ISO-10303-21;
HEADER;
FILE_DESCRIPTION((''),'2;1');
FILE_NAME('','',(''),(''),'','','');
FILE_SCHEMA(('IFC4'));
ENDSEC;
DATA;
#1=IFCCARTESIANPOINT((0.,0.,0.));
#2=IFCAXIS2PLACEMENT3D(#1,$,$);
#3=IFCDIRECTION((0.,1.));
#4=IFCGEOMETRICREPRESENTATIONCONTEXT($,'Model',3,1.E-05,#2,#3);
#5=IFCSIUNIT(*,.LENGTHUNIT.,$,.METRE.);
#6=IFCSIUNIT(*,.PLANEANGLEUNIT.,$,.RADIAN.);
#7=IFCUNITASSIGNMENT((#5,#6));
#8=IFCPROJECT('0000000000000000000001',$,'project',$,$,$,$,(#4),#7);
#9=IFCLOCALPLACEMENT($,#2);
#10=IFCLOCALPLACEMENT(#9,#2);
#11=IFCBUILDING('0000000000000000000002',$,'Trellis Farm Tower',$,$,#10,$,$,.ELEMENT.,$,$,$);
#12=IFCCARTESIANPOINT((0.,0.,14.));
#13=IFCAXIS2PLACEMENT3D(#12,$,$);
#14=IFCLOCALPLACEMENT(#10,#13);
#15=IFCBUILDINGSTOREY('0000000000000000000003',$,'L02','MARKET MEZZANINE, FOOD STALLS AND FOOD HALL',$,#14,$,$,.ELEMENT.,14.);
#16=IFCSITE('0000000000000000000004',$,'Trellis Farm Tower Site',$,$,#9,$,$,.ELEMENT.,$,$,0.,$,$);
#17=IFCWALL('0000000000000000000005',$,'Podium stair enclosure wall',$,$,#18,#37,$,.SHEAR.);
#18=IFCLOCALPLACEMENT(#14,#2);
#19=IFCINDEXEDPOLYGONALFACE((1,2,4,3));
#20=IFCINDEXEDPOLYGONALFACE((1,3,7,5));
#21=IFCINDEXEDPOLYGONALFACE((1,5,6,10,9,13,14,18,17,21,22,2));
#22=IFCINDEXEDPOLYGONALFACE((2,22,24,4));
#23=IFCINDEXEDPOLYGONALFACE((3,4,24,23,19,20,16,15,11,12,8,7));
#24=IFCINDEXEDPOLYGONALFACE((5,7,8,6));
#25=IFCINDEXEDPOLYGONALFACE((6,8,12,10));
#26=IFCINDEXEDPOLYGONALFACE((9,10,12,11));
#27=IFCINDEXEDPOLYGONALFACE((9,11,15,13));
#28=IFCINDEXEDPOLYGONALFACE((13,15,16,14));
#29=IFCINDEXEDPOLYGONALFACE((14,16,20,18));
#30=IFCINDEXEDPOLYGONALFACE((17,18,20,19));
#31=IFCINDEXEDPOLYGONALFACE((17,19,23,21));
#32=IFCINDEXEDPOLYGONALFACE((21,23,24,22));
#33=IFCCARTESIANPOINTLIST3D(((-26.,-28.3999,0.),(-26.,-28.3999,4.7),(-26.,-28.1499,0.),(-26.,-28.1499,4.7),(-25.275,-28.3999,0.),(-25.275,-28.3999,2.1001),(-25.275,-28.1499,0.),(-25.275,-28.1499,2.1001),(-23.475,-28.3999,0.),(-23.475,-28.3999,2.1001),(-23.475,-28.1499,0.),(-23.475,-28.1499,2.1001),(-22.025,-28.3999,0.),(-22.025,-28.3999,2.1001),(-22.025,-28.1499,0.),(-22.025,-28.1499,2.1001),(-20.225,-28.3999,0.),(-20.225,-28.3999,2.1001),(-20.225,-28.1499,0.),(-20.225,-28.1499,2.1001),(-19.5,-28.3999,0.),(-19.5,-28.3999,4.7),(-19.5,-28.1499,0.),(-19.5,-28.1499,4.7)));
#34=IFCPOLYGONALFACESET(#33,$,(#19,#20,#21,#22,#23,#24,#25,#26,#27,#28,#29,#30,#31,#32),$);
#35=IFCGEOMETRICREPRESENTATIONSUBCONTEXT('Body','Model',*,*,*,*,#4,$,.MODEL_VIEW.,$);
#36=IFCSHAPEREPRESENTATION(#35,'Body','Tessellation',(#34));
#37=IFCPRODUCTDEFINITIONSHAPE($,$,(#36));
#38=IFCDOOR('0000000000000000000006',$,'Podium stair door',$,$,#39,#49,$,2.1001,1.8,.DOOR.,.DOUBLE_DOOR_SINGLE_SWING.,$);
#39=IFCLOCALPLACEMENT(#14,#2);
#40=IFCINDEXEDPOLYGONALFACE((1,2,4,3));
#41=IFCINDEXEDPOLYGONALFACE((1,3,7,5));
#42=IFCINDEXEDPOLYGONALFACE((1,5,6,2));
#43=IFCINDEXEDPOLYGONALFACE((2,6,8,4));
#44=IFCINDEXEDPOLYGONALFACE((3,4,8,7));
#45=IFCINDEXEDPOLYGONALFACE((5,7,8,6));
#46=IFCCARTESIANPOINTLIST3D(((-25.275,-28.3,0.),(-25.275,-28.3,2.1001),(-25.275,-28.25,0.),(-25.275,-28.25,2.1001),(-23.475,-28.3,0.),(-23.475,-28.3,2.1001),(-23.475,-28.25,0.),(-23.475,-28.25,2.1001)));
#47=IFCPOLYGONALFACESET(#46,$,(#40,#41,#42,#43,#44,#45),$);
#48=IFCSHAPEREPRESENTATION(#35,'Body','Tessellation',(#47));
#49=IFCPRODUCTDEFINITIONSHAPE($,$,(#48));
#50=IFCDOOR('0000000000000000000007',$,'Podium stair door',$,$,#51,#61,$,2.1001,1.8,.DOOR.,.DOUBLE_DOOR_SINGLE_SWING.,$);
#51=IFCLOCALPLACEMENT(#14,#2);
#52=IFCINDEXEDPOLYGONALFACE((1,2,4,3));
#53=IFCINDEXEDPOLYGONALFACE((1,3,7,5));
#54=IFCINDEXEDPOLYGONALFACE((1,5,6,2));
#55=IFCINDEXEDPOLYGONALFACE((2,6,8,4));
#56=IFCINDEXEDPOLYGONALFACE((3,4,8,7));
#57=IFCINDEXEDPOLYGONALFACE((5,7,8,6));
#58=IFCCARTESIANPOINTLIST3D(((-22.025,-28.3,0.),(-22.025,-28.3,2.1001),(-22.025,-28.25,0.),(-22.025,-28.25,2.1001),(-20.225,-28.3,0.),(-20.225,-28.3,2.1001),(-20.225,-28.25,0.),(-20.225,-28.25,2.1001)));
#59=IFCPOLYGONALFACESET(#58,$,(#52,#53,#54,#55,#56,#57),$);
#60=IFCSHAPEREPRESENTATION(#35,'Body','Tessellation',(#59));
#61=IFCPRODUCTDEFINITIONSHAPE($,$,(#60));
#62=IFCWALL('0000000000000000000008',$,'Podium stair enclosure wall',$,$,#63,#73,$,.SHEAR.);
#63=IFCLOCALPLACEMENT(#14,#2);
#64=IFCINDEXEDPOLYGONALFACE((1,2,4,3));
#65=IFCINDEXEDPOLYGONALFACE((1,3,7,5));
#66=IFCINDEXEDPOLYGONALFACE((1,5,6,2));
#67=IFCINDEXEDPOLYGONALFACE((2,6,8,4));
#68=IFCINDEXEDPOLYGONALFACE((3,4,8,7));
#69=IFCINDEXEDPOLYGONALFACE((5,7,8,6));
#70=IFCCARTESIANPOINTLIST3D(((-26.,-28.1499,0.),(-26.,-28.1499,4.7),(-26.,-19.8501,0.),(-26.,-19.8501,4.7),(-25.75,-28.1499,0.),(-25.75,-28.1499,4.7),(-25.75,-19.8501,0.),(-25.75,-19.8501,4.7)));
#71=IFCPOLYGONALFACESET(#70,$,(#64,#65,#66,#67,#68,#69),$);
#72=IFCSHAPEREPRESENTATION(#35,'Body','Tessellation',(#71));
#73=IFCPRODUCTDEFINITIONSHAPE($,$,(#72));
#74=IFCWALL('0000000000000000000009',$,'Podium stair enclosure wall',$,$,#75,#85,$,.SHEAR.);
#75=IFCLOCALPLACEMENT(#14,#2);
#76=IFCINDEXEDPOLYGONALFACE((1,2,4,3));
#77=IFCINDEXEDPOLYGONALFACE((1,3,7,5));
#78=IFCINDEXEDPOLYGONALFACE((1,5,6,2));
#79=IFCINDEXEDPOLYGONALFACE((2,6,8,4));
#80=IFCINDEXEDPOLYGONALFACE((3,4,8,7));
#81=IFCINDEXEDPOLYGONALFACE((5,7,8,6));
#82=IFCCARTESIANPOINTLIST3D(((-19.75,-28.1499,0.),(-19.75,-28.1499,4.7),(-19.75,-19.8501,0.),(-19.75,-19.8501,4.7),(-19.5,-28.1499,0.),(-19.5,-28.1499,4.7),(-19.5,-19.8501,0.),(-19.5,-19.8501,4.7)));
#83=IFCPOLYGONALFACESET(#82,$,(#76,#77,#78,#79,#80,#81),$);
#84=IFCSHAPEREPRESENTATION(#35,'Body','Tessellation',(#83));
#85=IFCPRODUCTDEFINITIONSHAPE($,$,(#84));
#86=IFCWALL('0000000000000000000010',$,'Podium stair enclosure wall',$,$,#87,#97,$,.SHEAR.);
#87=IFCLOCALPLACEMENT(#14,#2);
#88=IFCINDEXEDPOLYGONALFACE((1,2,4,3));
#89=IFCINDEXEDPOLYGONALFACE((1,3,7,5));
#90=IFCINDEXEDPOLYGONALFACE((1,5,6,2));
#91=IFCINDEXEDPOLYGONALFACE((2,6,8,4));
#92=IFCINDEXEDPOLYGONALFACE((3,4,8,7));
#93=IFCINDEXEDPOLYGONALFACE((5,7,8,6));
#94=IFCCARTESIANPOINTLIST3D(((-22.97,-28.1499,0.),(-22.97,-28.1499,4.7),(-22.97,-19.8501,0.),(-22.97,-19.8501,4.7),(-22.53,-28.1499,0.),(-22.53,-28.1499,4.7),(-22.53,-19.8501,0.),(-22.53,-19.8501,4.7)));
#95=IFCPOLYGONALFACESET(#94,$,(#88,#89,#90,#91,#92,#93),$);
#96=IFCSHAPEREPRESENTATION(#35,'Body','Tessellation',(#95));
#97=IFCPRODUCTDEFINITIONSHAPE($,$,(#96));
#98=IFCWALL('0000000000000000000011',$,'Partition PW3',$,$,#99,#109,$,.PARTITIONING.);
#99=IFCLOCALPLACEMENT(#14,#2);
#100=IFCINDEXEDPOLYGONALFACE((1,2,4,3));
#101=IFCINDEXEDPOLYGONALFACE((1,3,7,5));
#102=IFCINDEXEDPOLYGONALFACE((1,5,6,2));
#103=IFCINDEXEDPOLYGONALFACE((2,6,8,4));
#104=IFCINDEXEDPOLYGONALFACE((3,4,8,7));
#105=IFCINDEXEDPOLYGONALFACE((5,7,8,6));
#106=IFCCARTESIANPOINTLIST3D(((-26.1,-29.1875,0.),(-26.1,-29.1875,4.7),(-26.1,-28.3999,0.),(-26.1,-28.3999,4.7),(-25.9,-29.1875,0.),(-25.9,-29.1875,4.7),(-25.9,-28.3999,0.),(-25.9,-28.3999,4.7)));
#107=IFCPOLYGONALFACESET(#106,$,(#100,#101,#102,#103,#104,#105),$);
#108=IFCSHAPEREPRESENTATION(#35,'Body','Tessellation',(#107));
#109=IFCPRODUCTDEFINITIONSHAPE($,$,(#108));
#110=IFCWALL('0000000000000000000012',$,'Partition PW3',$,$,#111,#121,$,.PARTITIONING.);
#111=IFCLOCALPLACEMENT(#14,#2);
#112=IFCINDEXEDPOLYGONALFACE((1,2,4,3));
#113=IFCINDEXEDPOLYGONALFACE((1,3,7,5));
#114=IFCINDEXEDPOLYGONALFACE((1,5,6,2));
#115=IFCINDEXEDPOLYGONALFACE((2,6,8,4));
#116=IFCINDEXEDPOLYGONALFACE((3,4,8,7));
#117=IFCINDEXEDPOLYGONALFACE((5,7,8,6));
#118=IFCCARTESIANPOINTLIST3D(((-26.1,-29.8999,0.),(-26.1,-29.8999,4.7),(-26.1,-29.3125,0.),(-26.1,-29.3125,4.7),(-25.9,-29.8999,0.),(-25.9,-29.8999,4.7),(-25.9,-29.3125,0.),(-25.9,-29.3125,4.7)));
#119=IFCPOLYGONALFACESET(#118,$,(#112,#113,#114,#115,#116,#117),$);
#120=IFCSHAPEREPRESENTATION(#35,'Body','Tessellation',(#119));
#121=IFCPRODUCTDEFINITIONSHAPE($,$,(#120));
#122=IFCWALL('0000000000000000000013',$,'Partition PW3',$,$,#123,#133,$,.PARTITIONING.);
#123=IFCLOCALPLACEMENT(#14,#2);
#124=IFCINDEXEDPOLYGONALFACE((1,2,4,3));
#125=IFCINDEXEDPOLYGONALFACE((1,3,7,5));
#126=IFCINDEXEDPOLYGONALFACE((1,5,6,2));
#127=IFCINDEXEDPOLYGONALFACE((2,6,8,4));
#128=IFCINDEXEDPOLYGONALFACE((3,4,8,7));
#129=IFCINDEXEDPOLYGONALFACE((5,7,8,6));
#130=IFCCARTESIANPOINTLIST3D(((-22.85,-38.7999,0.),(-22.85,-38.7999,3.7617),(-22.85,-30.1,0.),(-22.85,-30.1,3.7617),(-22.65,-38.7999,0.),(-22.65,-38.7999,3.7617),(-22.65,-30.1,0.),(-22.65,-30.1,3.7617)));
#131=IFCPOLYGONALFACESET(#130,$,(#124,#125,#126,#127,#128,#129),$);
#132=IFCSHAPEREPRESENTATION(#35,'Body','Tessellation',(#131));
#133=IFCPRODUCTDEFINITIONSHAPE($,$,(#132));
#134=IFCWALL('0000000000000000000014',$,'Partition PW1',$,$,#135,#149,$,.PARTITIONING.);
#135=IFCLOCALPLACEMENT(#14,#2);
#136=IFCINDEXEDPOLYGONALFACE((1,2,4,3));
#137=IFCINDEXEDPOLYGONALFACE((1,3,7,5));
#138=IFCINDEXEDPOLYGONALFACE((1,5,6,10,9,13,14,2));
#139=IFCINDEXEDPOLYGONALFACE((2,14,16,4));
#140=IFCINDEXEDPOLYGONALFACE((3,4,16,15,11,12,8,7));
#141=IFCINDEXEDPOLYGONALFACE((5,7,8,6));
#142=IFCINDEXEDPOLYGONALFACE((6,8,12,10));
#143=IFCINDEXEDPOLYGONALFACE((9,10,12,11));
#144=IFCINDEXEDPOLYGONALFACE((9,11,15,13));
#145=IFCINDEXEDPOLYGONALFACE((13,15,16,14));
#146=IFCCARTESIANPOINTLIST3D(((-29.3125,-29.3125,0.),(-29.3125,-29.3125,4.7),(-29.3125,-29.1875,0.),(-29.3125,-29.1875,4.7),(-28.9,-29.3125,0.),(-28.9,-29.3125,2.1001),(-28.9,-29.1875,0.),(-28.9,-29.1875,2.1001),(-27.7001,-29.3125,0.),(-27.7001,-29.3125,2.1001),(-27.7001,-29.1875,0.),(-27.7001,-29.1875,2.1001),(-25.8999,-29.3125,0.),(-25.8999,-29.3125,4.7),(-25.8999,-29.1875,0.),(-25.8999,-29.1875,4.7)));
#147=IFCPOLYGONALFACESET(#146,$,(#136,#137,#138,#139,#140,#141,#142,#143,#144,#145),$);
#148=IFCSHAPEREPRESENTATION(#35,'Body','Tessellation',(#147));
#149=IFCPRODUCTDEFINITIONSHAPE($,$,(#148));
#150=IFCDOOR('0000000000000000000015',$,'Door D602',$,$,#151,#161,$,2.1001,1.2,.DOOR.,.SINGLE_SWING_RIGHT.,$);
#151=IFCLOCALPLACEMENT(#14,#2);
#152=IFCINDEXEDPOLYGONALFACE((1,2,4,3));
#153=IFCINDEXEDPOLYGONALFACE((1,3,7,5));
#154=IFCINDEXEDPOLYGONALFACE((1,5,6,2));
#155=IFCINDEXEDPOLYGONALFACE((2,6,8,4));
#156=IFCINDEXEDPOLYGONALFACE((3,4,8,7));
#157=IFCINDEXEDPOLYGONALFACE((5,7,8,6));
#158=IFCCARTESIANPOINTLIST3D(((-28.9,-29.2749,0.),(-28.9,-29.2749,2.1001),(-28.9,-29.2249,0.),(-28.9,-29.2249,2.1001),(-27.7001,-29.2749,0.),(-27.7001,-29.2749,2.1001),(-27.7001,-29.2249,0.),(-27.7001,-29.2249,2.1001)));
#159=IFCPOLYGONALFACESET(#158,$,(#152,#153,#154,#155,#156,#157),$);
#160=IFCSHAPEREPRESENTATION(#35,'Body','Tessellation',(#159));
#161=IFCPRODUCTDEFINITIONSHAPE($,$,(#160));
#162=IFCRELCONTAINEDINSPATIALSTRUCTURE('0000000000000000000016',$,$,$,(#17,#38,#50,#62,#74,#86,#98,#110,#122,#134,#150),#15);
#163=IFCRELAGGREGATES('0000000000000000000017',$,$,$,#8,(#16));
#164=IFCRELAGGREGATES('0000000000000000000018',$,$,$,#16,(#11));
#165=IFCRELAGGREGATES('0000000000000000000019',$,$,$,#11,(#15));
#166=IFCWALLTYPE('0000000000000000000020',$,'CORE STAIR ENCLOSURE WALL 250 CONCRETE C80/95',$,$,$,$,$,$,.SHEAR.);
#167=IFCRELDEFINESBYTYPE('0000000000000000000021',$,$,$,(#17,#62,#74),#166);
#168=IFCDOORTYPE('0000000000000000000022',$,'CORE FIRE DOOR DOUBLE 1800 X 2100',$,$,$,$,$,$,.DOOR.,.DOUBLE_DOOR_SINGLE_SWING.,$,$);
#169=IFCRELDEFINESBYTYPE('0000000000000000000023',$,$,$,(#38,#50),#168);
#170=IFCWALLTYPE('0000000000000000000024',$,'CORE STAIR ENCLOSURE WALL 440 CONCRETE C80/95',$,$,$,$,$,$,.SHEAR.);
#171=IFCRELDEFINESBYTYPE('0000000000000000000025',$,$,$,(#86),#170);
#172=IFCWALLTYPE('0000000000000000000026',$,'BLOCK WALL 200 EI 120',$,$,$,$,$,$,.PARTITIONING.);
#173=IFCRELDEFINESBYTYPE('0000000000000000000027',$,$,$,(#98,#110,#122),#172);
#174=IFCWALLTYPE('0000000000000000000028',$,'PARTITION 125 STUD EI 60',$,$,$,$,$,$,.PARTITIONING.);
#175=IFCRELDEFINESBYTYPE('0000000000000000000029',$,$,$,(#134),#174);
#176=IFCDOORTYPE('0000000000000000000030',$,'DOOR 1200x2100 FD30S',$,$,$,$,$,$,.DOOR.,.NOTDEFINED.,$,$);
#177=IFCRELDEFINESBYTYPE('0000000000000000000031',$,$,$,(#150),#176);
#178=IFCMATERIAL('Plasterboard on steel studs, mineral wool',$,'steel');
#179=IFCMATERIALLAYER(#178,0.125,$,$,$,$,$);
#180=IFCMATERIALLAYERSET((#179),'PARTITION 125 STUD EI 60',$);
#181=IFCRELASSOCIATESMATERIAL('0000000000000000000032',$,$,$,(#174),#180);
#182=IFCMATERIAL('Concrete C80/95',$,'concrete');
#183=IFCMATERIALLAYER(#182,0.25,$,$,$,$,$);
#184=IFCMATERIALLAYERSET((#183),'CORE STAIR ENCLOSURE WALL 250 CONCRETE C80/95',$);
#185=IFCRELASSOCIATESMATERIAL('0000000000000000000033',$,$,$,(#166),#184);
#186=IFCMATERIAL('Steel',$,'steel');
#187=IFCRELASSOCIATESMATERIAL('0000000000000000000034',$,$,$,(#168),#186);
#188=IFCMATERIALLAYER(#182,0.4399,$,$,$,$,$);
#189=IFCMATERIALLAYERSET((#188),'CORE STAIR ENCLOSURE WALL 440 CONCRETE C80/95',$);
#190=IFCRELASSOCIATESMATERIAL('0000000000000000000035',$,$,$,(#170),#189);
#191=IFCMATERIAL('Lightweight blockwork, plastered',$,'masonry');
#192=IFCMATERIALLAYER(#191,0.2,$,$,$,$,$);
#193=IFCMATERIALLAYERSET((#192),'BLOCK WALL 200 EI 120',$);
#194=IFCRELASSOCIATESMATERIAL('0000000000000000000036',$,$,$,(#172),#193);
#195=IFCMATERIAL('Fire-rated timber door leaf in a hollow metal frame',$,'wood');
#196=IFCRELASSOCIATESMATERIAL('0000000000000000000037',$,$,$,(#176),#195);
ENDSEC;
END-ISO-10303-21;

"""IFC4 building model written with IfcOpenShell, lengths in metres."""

from ifc_helpers import new_model, si_unit, direction, frame, frame_2d, origin, place, context, subcontext, project, spatial, rectangle, extrude, source, transform, mapped, material, layer, layer_set, type_object, element, fill, save


model = new_model("IFC4")

# Units and contexts
model_context = context("Model", 3, precision=1e-05, world=origin(), true_north=direction((0.0, 1.0)))
body_context = subcontext(model_context, "Body", "Model", "MODEL_VIEW")
ifc_project = project(units=[si_unit("LENGTHUNIT", "METRE"), si_unit("PLANEANGLEUNIT", "RADIAN")], contexts=[model_context])

# Site, building, storey
site_placement = place(None, origin())
site = spatial("IfcSite", under=ifc_project, at=site_placement, Name="Trellis Farm Tower Site", CompositionType="ELEMENT", RefElevation=0.0)
building_placement = place(site_placement, origin())
building = spatial("IfcBuilding", under=site, at=building_placement, Name="Trellis Farm Tower", CompositionType="ELEMENT")
storey_placement = place(building_placement, frame((0.0, 0.0, 14.0)))
storey = spatial("IfcBuildingStorey", under=building, at=storey_placement, Name="L02", Description="MARKET MEZZANINE, FOOD STALLS AND FOOD HALL", CompositionType="ELEMENT", Elevation=14.0)

# Shared definitions
ifc_material_1 = material(Name="Plasterboard on steel studs, mineral wool", Category="steel")
ifc_layer_1 = layer(ifc_material_1, 0.125)
ifc_layer_set_1 = layer_set([ifc_layer_1], Name="PARTITION 125 STUD EI 60")
wall_type_1 = type_object("IfcWallType", Name="PARTITION 125 STUD EI 60", PredefinedType="PARTITIONING", material=ifc_layer_set_1)
ifc_material_2 = material(Name="Fire-rated timber door leaf in a hollow metal frame", Category="wood")
shared_shape_1 = source(origin(), body_context, "Body", "SweptSolid", [
    extrude(rectangle(XDim=1.8, YDim=2.1001, at=frame_2d((0.8999, 1.05))), frame((0.0, 0.0249, 0.0), z_axis=(0.0, -1.0, 0.0), x_axis=(1.0, 0.0, 0.0)), (0.0, 0.0, 1.0), 0.05),
])

# Wall, openings, doors
ifc_material_3 = material(Name="Concrete C80/95", Category="concrete")
ifc_layer_2 = layer(ifc_material_3, 0.25)
ifc_layer_set_2 = layer_set([ifc_layer_2], Name="CORE STAIR ENCLOSURE WALL 250 CONCRETE C80/95")
wall_type_2 = type_object("IfcWallType", Name="CORE STAIR ENCLOSURE WALL 250 CONCRETE C80/95", PredefinedType="SHEAR", material=ifc_layer_set_2)
shared_shape_2 = source(origin(), body_context, "Body", "SweptSolid", [
    extrude(rectangle(XDim=6.5, YDim=0.25, at=frame_2d((3.25, 0.0))), origin(), (0.0, 0.0, 1.0), 4.7),
])
wall_1_placement = place(storey_placement, frame((-26.0, -28.2749, 0.0), z_axis=(0.0, 0.0, 1.0), x_axis=(1.0, 0.0, 0.0)))
wall_1 = element("IfcWall", 1, at=wall_1_placement, inside=storey, type_object=wall_type_2, Name="Podium stair enclosure wall", PredefinedType="SHEAR", context=body_context, shape_type="MappedRepresentation", body=[
    mapped(shared_shape_2, transform((0.0, 0.0, 0.0))),
])
shared_shape_3 = source(origin(), body_context, "Body", "SweptSolid", [
    extrude(rectangle(XDim=1.8, YDim=2.1001, at=frame_2d((0.8999, 1.05))), frame((0.0, 0.135, 0.0), z_axis=(0.0, -1.0, 0.0), x_axis=(1.0, 0.0, 0.0)), (0.0, 0.0, 1.0), 0.27),
])
opening_1_placement = place(wall_1_placement, frame((0.7251, 0.0, 0.0)))
opening_1 = element("IfcOpeningElement", 2, at=opening_1_placement, cuts=wall_1, PredefinedType="OPENING", context=body_context, shape_type="MappedRepresentation", body=[
    mapped(shared_shape_3, transform((0.0, 0.0, 0.0))),
])
opening_2_placement = place(wall_1_placement, frame((3.9751, 0.0, 0.0)))
opening_2 = element("IfcOpeningElement", 3, at=opening_2_placement, cuts=wall_1, PredefinedType="OPENING", context=body_context, shape_type="MappedRepresentation", body=[
    mapped(shared_shape_3, transform((0.0, 0.0, 0.0))),
])
ifc_material_4 = material(Name="Steel", Category="steel")
door_type_1 = type_object("IfcDoorType", Name="CORE FIRE DOOR DOUBLE 1800 X 2100", OperationType="DOUBLE_DOOR_SINGLE_SWING", PredefinedType="DOOR", material=ifc_material_4)
door_1_placement = place(opening_1_placement, origin())
door_1 = element("IfcDoor", 4, at=door_1_placement, inside=storey, type_object=door_type_1, Name="Podium stair door", OperationType="DOUBLE_DOOR_SINGLE_SWING", OverallHeight=2.1001, OverallWidth=1.8, PredefinedType="DOOR", context=body_context, shape_type="MappedRepresentation", body=[
    mapped(shared_shape_1, transform((0.0, 0.0, 0.0))),
])
fill(opening_1, door_1)
door_2_placement = place(opening_2_placement, origin())
door_2 = element("IfcDoor", 5, at=door_2_placement, inside=storey, type_object=door_type_1, Name="Podium stair door", OperationType="DOUBLE_DOOR_SINGLE_SWING", OverallHeight=2.1001, OverallWidth=1.8, PredefinedType="DOOR", context=body_context, shape_type="MappedRepresentation", body=[
    mapped(shared_shape_1, transform((0.0, 0.0, 0.0))),
])
fill(opening_2, door_2)

# Walls
shared_shape_4 = source(origin(), body_context, "Body", "SweptSolid", [
    extrude(rectangle(XDim=8.2998, YDim=0.25, at=frame_2d((4.1499, 0.0))), origin(), (0.0, 0.0, 1.0), 4.7),
])
for number, where, z_axis, x_axis, name in (
    (6, (-25.875, -28.1499, 0.0), (0.0, 0.0, 1.0), (0.0, 1.0, 0.0), "Podium stair enclosure wall"),
    (7, (-19.625, -28.1499, 0.0), (0.0, 0.0, 1.0), (0.0, 1.0, 0.0), "Podium stair enclosure wall"),
):
    element("IfcWall", number, at=place(storey_placement, frame(where, z_axis=z_axis, x_axis=x_axis)), inside=storey, type_object=wall_type_2, Name=name, PredefinedType="SHEAR", context=body_context, shape_type="MappedRepresentation", body=[
        mapped(shared_shape_4, transform((0.0, 0.0, 0.0))),
    ])
ifc_layer_3 = layer(ifc_material_3, 0.4399)
ifc_layer_set_3 = layer_set([ifc_layer_3], Name="CORE STAIR ENCLOSURE WALL 440 CONCRETE C80/95")
wall_type_3 = type_object("IfcWallType", Name="CORE STAIR ENCLOSURE WALL 440 CONCRETE C80/95", PredefinedType="SHEAR", material=ifc_layer_set_3)
shared_shape_5 = source(origin(), body_context, "Body", "SweptSolid", [
    extrude(rectangle(XDim=8.2998, YDim=0.4399, at=frame_2d((4.1499, 0.0))), origin(), (0.0, 0.0, 1.0), 4.7),
])
wall_2_placement = place(storey_placement, frame((-22.75, -28.1499, 0.0), z_axis=(0.0, 0.0, 1.0), x_axis=(0.0, 1.0, 0.0)))
element("IfcWall", 8, at=wall_2_placement, inside=storey, type_object=wall_type_3, Name="Podium stair enclosure wall", PredefinedType="SHEAR", context=body_context, shape_type="MappedRepresentation", body=[
    mapped(shared_shape_5, transform((0.0, 0.0, 0.0))),
])
ifc_material_5 = material(Name="Lightweight blockwork, plastered", Category="masonry")
ifc_layer_4 = layer(ifc_material_5, 0.2)
ifc_layer_set_4 = layer_set([ifc_layer_4], Name="BLOCK WALL 200 EI 120")
wall_type_4 = type_object("IfcWallType", Name="BLOCK WALL 200 EI 120", PredefinedType="PARTITIONING", material=ifc_layer_set_4)
shared_shape_6 = source(origin(), body_context, "Body", "SweptSolid", [
    extrude(rectangle(XDim=0.7876, YDim=0.2, at=frame_2d((0.3938, 0.0))), origin(), (0.0, 0.0, 1.0), 4.7),
])
wall_3_placement = place(storey_placement, frame((-26.0, -29.1875, 0.0), z_axis=(0.0, 0.0, 1.0), x_axis=(0.0, 1.0, 0.0)))
element("IfcWall", 9, at=wall_3_placement, inside=storey, type_object=wall_type_4, Name="Partition PW3", PredefinedType="PARTITIONING", context=body_context, shape_type="MappedRepresentation", body=[
    mapped(shared_shape_6, transform((0.0, 0.0, 0.0))),
])
shared_shape_7 = source(origin(), body_context, "Body", "SweptSolid", [
    extrude(rectangle(XDim=0.5874, YDim=0.2, at=frame_2d((0.2937, 0.0))), origin(), (0.0, 0.0, 1.0), 4.7),
])
wall_4_placement = place(storey_placement, frame((-26.0, -29.8999, 0.0), z_axis=(0.0, 0.0, 1.0), x_axis=(0.0, 1.0, 0.0)))
element("IfcWall", 10, at=wall_4_placement, inside=storey, type_object=wall_type_4, Name="Partition PW3", PredefinedType="PARTITIONING", context=body_context, shape_type="MappedRepresentation", body=[
    mapped(shared_shape_7, transform((0.0, 0.0, 0.0))),
])
shared_shape_8 = source(origin(), body_context, "Body", "SweptSolid", [
    extrude(rectangle(XDim=8.7, YDim=0.2, at=frame_2d((4.3501, 0.0))), origin(), (0.0, 0.0, 1.0), 3.7617),
])
wall_5_placement = place(storey_placement, frame((-22.75, -38.8, 0.0), z_axis=(0.0, 0.0, 1.0), x_axis=(0.0, 1.0, 0.0)))
element("IfcWall", 11, at=wall_5_placement, inside=storey, type_object=wall_type_4, Name="Partition PW3", PredefinedType="PARTITIONING", context=body_context, shape_type="MappedRepresentation", body=[
    mapped(shared_shape_8, transform((0.0, 0.0, 0.0))),
])

# Wall, opening, door
shared_shape_9 = source(origin(), body_context, "Body", "SweptSolid", [
    extrude(rectangle(XDim=3.4126, YDim=0.125, at=frame_2d((1.7063, 0.0))), origin(), (0.0, 0.0, 1.0), 4.7),
])
wall_6_placement = place(storey_placement, frame((-25.8999, -29.25, 0.0), z_axis=(0.0, 0.0, 1.0), x_axis=(-1.0, 0.0, 0.0)))
wall_6 = element("IfcWall", 12, at=wall_6_placement, inside=storey, type_object=wall_type_1, Name="Partition PW1", PredefinedType="PARTITIONING", context=body_context, shape_type="MappedRepresentation", body=[
    mapped(shared_shape_9, transform((0.0, 0.0, 0.0))),
])
shared_shape_10 = source(origin(), body_context, "Body", "SweptSolid", [
    extrude(rectangle(XDim=1.2, YDim=2.1001, at=frame_2d((0.6001, 1.05))), frame((0.0, 0.0725, 0.0), z_axis=(0.0, -1.0, 0.0), x_axis=(1.0, 0.0, 0.0)), (0.0, 0.0, 1.0), 0.145),
])
opening_3_placement = place(wall_6_placement, frame((1.8, 0.0, 0.0)))
opening_3 = element("IfcOpeningElement", 13, at=opening_3_placement, cuts=wall_6, PredefinedType="OPENING", context=body_context, shape_type="MappedRepresentation", body=[
    mapped(shared_shape_10, transform((0.0, 0.0, 0.0))),
])
door_type_2 = type_object("IfcDoorType", Name="DOOR 1200x2100 FD30S", OperationType="NOTDEFINED", PredefinedType="DOOR", material=ifc_material_2)
shared_shape_11 = source(origin(), body_context, "Body", "SweptSolid", [
    extrude(rectangle(XDim=1.2, YDim=2.1001, at=frame_2d((0.6001, 1.05))), frame((0.0, 0.0249, 0.0), z_axis=(0.0, -1.0, 0.0), x_axis=(1.0, 0.0, 0.0)), (0.0, 0.0, 1.0), 0.05),
])
door_3_placement = place(opening_3_placement, origin())
door_3 = element("IfcDoor", 14, at=door_3_placement, inside=storey, type_object=door_type_2, Name="Door D602", OperationType="SINGLE_SWING_RIGHT", OverallHeight=2.1001, OverallWidth=1.2, PredefinedType="DOOR", context=body_context, shape_type="MappedRepresentation", body=[
    mapped(shared_shape_11, transform((0.0, 0.0, 0.0))),
])
fill(opening_3, door_3)

save(model, "model.ifc")
